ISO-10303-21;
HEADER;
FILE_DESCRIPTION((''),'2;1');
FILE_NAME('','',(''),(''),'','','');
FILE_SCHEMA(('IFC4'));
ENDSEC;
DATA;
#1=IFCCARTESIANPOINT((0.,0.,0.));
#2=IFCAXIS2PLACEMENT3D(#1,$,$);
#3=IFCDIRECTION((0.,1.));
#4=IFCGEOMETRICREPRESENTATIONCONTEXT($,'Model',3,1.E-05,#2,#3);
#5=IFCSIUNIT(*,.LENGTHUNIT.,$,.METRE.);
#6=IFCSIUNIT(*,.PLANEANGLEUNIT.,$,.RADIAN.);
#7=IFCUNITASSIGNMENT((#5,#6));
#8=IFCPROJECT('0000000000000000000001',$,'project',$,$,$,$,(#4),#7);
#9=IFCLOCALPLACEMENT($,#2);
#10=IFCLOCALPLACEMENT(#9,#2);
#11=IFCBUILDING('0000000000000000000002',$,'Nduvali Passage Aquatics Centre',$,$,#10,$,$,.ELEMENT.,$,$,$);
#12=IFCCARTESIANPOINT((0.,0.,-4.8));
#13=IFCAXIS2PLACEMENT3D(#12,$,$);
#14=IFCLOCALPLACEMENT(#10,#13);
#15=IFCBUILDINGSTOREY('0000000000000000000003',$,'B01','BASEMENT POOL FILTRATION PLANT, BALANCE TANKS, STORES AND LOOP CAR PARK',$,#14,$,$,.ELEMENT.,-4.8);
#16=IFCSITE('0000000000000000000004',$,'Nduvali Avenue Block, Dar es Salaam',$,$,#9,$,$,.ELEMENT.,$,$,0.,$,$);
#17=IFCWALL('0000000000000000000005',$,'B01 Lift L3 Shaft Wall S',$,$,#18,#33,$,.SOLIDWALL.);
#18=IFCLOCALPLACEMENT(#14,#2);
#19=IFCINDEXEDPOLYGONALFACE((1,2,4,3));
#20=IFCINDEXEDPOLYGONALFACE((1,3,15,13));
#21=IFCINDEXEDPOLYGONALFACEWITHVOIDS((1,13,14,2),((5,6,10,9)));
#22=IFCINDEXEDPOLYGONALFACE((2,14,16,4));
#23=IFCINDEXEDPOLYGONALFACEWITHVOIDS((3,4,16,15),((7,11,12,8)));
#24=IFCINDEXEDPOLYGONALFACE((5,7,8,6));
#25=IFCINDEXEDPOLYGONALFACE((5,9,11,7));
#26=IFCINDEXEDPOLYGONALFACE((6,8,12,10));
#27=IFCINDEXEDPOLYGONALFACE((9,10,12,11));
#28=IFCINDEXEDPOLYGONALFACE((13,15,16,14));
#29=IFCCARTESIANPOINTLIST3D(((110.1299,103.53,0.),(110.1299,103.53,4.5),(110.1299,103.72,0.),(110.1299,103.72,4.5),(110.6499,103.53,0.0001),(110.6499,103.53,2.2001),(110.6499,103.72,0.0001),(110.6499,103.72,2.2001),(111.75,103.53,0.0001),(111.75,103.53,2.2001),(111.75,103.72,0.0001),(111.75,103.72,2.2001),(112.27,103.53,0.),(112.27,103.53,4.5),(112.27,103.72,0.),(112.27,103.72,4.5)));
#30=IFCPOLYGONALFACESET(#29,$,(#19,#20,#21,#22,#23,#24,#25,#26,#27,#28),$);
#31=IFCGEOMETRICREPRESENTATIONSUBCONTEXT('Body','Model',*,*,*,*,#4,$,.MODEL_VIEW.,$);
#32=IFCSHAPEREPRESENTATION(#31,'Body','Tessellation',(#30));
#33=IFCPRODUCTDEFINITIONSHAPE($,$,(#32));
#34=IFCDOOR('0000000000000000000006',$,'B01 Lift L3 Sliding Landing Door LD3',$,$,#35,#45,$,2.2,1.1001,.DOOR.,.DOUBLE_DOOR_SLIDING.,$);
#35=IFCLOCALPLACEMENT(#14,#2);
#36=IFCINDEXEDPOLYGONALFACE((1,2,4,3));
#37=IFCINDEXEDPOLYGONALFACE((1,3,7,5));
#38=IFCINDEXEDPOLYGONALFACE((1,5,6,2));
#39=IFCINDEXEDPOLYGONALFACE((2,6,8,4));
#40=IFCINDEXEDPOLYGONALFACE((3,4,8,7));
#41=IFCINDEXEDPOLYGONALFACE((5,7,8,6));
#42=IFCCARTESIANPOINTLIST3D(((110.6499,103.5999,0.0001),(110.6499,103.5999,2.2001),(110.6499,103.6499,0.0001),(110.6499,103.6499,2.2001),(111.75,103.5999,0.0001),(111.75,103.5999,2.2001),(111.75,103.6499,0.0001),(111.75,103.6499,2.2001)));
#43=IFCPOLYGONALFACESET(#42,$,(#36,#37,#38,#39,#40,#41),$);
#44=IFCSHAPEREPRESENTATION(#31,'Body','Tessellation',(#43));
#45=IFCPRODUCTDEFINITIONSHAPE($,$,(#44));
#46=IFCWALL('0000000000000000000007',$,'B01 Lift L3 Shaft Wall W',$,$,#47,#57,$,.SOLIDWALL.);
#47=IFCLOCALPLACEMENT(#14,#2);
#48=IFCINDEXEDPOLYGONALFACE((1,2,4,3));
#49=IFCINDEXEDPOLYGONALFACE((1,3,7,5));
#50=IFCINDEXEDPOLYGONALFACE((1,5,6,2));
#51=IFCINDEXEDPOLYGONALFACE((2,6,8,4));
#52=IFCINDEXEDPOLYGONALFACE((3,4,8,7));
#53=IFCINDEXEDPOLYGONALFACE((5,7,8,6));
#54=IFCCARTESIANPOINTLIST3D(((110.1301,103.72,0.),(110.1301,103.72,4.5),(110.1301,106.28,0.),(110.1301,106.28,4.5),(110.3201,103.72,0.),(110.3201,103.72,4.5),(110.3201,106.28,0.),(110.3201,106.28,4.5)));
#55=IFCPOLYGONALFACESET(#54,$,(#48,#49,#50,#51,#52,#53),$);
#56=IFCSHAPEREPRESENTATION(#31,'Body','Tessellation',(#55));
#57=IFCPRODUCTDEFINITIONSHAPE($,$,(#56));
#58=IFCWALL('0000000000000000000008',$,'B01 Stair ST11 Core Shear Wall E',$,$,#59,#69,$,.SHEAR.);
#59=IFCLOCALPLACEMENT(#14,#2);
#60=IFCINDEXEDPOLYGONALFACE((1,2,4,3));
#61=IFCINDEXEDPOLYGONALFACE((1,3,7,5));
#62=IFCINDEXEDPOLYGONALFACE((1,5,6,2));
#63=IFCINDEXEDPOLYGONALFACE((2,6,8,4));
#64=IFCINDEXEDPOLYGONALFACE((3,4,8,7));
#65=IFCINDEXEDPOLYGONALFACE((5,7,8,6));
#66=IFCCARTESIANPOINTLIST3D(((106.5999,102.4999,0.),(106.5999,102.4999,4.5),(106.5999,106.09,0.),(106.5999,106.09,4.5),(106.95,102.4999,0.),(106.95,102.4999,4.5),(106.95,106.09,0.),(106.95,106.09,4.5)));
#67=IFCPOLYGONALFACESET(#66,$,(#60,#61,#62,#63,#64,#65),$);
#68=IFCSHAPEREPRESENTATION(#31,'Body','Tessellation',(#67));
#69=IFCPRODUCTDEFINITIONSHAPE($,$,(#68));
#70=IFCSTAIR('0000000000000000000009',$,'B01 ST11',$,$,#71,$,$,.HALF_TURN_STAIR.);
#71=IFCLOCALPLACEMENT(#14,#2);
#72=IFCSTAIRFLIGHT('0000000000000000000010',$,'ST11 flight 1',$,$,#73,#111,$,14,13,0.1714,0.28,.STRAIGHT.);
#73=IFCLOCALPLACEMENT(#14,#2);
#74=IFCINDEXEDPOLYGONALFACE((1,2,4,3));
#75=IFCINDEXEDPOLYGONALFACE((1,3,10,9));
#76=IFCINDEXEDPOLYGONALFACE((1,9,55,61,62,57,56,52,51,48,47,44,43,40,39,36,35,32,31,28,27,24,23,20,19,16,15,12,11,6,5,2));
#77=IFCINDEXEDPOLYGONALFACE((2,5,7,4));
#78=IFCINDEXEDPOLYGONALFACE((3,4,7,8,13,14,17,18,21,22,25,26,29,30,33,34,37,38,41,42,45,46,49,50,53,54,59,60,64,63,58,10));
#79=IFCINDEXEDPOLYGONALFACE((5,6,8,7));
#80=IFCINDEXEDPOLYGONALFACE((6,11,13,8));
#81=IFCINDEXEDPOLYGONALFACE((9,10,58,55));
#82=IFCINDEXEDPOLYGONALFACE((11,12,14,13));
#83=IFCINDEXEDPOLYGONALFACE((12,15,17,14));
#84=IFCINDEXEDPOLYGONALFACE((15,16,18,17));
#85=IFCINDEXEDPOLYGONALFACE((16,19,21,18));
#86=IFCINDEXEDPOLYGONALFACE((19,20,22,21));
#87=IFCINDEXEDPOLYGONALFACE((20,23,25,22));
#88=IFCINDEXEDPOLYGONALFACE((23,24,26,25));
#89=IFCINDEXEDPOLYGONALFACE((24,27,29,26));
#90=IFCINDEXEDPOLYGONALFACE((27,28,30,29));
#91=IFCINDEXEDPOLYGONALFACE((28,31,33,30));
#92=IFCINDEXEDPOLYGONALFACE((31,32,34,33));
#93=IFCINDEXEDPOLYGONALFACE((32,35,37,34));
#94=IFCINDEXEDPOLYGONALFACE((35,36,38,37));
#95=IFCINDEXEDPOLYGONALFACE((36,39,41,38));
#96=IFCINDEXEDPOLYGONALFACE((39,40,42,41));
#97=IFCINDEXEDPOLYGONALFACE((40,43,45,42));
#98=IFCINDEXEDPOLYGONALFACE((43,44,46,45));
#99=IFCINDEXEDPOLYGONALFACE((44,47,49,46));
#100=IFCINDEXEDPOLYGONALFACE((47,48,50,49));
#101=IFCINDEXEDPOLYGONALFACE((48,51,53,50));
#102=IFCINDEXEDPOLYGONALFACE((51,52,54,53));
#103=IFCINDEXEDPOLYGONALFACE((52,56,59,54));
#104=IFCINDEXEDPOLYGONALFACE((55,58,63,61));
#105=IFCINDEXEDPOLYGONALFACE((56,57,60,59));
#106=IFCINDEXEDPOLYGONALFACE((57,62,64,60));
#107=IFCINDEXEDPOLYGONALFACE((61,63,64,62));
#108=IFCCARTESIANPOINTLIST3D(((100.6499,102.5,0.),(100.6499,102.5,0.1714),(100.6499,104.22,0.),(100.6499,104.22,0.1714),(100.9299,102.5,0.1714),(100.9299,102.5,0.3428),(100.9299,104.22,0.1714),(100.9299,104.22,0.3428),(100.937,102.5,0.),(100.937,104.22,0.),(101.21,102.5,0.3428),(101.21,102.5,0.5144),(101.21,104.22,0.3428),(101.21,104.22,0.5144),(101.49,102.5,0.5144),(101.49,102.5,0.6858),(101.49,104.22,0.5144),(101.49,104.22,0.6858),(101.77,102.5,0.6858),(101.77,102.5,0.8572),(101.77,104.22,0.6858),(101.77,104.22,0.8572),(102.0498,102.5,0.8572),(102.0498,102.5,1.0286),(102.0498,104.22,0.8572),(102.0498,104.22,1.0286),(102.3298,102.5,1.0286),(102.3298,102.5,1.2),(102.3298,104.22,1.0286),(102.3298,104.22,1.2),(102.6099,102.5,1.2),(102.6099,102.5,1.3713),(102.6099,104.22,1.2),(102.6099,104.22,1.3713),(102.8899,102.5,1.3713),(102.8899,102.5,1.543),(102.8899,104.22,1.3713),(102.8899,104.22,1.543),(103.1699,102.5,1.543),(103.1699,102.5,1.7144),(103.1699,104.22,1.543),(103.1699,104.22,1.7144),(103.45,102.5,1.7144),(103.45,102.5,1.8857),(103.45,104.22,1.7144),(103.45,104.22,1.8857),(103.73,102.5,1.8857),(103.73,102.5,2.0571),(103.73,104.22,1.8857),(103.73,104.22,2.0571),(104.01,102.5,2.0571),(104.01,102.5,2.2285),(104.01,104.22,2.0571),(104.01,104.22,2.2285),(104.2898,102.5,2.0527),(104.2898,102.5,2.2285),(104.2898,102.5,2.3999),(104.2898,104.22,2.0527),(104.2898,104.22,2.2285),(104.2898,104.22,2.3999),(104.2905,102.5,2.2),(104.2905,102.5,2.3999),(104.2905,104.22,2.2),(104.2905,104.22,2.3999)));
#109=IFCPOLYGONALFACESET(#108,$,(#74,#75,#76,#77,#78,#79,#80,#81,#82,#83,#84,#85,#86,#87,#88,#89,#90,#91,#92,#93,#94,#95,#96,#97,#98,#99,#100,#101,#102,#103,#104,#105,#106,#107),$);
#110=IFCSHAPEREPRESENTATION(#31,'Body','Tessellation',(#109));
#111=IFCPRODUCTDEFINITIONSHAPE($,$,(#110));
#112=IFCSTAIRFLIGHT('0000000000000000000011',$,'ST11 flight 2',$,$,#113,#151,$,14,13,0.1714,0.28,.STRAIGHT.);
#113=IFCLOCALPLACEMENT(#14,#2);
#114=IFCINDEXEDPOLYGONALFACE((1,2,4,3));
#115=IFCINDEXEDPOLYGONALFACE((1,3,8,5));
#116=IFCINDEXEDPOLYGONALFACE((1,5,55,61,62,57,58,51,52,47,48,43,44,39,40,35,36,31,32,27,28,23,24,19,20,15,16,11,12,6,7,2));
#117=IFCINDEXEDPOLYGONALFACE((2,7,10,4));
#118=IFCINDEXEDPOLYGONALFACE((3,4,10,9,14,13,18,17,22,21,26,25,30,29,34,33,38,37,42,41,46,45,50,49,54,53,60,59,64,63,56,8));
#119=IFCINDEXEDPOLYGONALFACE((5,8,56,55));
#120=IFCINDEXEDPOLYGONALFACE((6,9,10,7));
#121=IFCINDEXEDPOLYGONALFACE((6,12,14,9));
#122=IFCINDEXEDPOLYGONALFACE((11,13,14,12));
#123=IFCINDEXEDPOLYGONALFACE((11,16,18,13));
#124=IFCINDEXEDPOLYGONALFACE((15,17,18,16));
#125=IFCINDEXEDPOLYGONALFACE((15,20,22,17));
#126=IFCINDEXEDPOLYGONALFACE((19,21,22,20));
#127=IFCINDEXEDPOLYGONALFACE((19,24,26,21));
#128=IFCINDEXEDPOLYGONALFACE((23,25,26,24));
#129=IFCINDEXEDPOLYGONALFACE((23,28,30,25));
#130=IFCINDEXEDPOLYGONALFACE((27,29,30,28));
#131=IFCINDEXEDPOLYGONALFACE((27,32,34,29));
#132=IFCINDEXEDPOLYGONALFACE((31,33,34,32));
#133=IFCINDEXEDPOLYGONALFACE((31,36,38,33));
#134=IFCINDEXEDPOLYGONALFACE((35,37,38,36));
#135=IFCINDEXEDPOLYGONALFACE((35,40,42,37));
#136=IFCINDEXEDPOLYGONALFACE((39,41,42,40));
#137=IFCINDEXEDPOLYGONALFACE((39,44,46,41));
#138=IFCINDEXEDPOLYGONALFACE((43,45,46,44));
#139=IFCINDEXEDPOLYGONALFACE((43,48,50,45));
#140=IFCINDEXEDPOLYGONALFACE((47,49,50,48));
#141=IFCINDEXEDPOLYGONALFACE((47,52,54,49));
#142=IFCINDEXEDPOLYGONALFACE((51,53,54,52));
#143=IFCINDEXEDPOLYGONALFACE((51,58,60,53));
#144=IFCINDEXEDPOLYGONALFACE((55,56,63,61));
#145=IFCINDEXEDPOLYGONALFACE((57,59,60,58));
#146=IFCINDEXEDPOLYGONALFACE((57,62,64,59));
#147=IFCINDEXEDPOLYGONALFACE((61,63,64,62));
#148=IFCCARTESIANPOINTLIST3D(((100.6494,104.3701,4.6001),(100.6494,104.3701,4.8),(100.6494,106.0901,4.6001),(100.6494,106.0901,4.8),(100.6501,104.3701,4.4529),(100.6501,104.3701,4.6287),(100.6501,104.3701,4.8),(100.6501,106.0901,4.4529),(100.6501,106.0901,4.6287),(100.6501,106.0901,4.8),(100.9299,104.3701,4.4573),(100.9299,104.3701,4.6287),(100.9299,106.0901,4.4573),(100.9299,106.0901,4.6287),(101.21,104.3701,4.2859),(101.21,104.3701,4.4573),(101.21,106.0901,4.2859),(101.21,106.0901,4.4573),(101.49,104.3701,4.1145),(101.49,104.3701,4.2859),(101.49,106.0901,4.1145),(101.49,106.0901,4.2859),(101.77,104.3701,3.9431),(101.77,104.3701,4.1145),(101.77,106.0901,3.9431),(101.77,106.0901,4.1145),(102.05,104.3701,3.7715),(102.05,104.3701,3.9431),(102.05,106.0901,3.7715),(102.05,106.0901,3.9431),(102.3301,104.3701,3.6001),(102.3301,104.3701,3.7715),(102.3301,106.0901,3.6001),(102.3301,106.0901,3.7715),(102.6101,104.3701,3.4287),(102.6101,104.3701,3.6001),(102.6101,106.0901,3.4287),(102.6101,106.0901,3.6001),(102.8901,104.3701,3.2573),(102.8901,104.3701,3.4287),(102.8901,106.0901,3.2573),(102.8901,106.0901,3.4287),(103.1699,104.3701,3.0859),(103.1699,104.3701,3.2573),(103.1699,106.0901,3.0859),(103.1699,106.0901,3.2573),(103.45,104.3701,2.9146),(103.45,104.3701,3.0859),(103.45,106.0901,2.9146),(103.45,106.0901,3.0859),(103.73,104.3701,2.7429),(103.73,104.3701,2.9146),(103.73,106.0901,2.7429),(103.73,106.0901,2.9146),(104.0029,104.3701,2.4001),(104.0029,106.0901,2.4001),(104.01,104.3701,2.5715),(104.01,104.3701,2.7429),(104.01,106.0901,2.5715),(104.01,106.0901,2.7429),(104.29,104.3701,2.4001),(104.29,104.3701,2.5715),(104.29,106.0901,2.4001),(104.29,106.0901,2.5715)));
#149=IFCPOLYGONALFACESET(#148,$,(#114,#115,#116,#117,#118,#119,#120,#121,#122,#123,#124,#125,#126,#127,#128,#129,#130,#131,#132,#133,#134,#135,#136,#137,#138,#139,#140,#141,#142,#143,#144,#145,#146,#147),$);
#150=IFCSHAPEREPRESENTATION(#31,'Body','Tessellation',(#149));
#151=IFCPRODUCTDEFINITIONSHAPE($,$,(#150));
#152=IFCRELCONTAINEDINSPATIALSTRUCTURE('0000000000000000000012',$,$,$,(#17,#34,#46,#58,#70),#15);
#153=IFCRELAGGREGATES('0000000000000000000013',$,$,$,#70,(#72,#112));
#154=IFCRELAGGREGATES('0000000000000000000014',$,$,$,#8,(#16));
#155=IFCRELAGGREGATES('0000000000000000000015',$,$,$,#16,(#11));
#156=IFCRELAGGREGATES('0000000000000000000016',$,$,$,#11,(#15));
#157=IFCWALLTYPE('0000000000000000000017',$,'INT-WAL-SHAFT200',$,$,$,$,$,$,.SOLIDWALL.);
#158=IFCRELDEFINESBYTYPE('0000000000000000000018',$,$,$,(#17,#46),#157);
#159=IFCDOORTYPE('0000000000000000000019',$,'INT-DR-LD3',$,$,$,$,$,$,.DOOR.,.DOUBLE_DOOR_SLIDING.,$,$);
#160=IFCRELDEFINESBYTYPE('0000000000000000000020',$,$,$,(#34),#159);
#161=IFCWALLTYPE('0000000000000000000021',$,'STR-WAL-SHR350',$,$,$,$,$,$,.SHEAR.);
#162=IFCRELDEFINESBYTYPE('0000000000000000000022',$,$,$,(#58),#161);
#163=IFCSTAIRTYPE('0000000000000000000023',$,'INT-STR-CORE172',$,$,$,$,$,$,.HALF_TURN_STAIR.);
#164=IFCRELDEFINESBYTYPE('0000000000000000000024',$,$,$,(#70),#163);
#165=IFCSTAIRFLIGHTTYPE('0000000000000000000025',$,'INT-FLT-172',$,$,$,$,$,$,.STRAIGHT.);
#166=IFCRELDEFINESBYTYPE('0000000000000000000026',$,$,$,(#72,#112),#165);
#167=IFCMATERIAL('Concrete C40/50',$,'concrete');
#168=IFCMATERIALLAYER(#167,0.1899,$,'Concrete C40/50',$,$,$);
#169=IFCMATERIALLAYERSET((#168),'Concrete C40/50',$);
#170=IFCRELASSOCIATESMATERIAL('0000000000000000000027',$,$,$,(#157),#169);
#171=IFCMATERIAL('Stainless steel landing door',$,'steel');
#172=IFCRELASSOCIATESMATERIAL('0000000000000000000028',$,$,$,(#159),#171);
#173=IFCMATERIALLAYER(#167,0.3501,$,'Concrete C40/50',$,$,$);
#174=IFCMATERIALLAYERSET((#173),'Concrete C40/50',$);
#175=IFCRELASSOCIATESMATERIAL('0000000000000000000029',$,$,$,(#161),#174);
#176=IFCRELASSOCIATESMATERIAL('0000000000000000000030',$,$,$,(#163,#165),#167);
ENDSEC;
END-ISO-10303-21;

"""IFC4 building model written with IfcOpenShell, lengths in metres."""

from ifc_helpers import new_model, si_unit, direction, frame, frame_2d, origin, place, context, subcontext, project, spatial, polyline, rectangle, outline, extrude, material, layer, layer_set, type_object, element, fill, aggregate, save


model = new_model("IFC4")

# Units and contexts
model_context = context("Model", 3, precision=1e-05, world=origin(), true_north=direction((0.0, 1.0)))
body_context = subcontext(model_context, "Body", "Model", "MODEL_VIEW")
ifc_project = project(units=[si_unit("LENGTHUNIT", "METRE"), si_unit("PLANEANGLEUNIT", "RADIAN")], contexts=[model_context])

# Site, building, storey
site_placement = place(None, origin())
site = spatial("IfcSite", under=ifc_project, at=site_placement, Name="Nduvali Avenue Block, Dar es Salaam", CompositionType="ELEMENT", RefElevation=0.0)
building_placement = place(site_placement, origin())
building = spatial("IfcBuilding", under=site, at=building_placement, Name="Nduvali Passage Aquatics Centre", CompositionType="ELEMENT")
storey_placement = place(building_placement, frame((0.0, 0.0, -4.8)))
storey = spatial("IfcBuildingStorey", under=building, at=storey_placement, Name="B01", Description="BASEMENT POOL FILTRATION PLANT, BALANCE TANKS, STORES AND LOOP CAR PARK", CompositionType="ELEMENT", Elevation=-4.8)

# Shared definitions
ifc_material_1 = material(Name="Concrete C40/50", Category="concrete")

# Wall, opening, door
ifc_layer_1 = layer(ifc_material_1, 0.1899, Name="Concrete C40/50")
ifc_layer_set_1 = layer_set([ifc_layer_1], Name="Concrete C40/50")
wall_type_1 = type_object("IfcWallType", Name="INT-WAL-SHAFT200", PredefinedType="SOLIDWALL", material=ifc_layer_set_1)
wall_1_placement = place(storey_placement, frame((110.1299, 103.625, 0.0), z_axis=(0.0, 0.0, 1.0), x_axis=(1.0, 0.0, 0.0)))
wall_1 = element("IfcWall", 1, at=wall_1_placement, inside=storey, type_object=wall_type_1, Name="B01 Lift L3 Shaft Wall S", PredefinedType="SOLIDWALL", context=body_context, shape_type="SweptSolid", body=[
    extrude(rectangle(XDim=2.1401, YDim=0.1899, at=frame_2d((1.0701, 0.0))), origin(), (0.0, 0.0, 1.0), 4.5),
])
opening_1_placement = place(wall_1_placement, frame((0.52, 0.0, 0.0)))
opening_1 = element("IfcOpeningElement", 2, at=opening_1_placement, cuts=wall_1, PredefinedType="OPENING", context=body_context, shape_type="SweptSolid", body=[
    extrude(rectangle(XDim=1.1001, YDim=2.2, at=frame_2d((0.55, 1.1001))), frame((0.0, 0.1099, 0.0), z_axis=(0.0, -1.0, 0.0), x_axis=(1.0, 0.0, 0.0)), (0.0, 0.0, 1.0), 0.2197),
])
ifc_material_2 = material(Name="Stainless steel landing door", Category="steel")
door_type_1 = type_object("IfcDoorType", Name="INT-DR-LD3", OperationType="DOUBLE_DOOR_SLIDING", PredefinedType="DOOR", material=ifc_material_2)
door_1_placement = place(opening_1_placement, origin())
door_1 = element("IfcDoor", 3, at=door_1_placement, inside=storey, type_object=door_type_1, Name="B01 Lift L3 Sliding Landing Door LD3", OperationType="DOUBLE_DOOR_SLIDING", OverallHeight=2.2, OverallWidth=1.1001, PredefinedType="DOOR", context=body_context, shape_type="SweptSolid", body=[
    extrude(rectangle(XDim=1.1001, YDim=2.2, at=frame_2d((0.55, 1.1001))), frame((0.0, 0.0249, 0.0), z_axis=(0.0, -1.0, 0.0), x_axis=(1.0, 0.0, 0.0)), (0.0, 0.0, 1.0), 0.05),
])
fill(opening_1, door_1)

# Walls
wall_2_placement = place(storey_placement, frame((110.2251, 106.28, 0.0), z_axis=(0.0, 0.0, 1.0), x_axis=(0.0, -1.0, 0.0)))
element("IfcWall", 4, at=wall_2_placement, inside=storey, type_object=wall_type_1, Name="B01 Lift L3 Shaft Wall W", PredefinedType="SOLIDWALL", context=body_context, shape_type="SweptSolid", body=[
    extrude(rectangle(XDim=2.5601, YDim=0.1899, at=frame_2d((1.28, 0.0))), origin(), (0.0, 0.0, 1.0), 4.5),
])
ifc_layer_2 = layer(ifc_material_1, 0.3501, Name="Concrete C40/50")
ifc_layer_set_2 = layer_set([ifc_layer_2], Name="Concrete C40/50")
wall_type_2 = type_object("IfcWallType", Name="STR-WAL-SHR350", PredefinedType="SHEAR", material=ifc_layer_set_2)
wall_3_placement = place(storey_placement, frame((106.7749, 102.5, 0.0), z_axis=(0.0, 0.0, 1.0), x_axis=(0.0, 1.0, 0.0)))
element("IfcWall", 5, at=wall_3_placement, inside=storey, type_object=wall_type_2, Name="B01 Stair ST11 Core Shear Wall E", PredefinedType="SHEAR", context=body_context, shape_type="SweptSolid", body=[
    extrude(rectangle(XDim=3.5901, YDim=0.3501, at=frame_2d((1.7949, 0.0))), origin(), (0.0, 0.0, 1.0), 4.5),
])

# Stair, stair flights
stair_type = type_object("IfcStairType", Name="INT-STR-CORE172", PredefinedType="HALF_TURN_STAIR", material=ifc_material_1)
stair_placement = place(storey_placement, origin())
stair = element("IfcStair", 6, at=stair_placement, inside=storey, type_object=stair_type, Name="B01 ST11", PredefinedType="HALF_TURN_STAIR")
stair_flight_type = type_object("IfcStairFlightType", Name="INT-FLT-172", PredefinedType="STRAIGHT", material=ifc_material_1)
stair_flight_1_placement = place(storey_placement, frame((100.6499, 103.3601, 0.0), z_axis=(0.0, 0.0, 1.0), x_axis=(1.0, 0.0, 0.0)))
stair_flight_1 = element("IfcStairFlight", 7, at=stair_flight_1_placement, type_object=stair_flight_type, Name="ST11 flight 1", NumberOfRisers=14, NumberOfTreads=13, PredefinedType="STRAIGHT", RiserHeight=0.1714, TreadLength=0.28, context=body_context, shape_type="SweptSolid", body=[
    extrude(outline(polyline([(0.0, 0.0), (0.0, 0.1714), (0.28, 0.1714), (0.28, 0.3428), (0.5601, 0.3428), (0.5601, 0.5144), (0.8401, 0.5144), (0.8401, 0.6858), (1.1201, 0.6858), (1.1201, 0.8572), (1.3999, 0.8572), (1.3999, 1.0286), (1.6799, 1.0286), (1.6799, 1.2), (1.96, 1.2), (1.96, 1.3713), (2.24, 1.3713), (2.24, 1.543), (2.52, 1.543), (2.52, 1.7144), (2.8, 1.7144), (2.8, 1.8857), (3.0801, 1.8857), (3.0801, 2.0571), (3.3601, 2.0571), (3.3601, 2.2285), (3.6399, 2.2285), (3.6399, 2.3999), (3.6406, 2.3999), (3.6406, 2.2), (3.6399, 2.0527), (0.2871, 0.0), (0.0, 0.0)])), frame((0.0, 0.8599, 0.0), z_axis=(0.0, -1.0, 0.0), x_axis=(1.0, 0.0, 0.0)), (0.0, 0.0, 1.0), 1.72),
])
stair_flight_2_placement = place(storey_placement, frame((104.29, 105.23, 2.4001), z_axis=(0.0, 0.0, 1.0), x_axis=(-1.0, 0.0, 0.0)))
stair_flight_2 = element("IfcStairFlight", 8, at=stair_flight_2_placement, type_object=stair_flight_type, Name="ST11 flight 2", NumberOfRisers=14, NumberOfTreads=13, PredefinedType="STRAIGHT", RiserHeight=0.1714, TreadLength=0.28, context=body_context, shape_type="SweptSolid", body=[
    extrude(outline(polyline([(0.0, 0.0), (0.0, 0.1714), (0.28, 0.1714), (0.28, 0.3428), (0.5601, 0.3428), (0.5601, 0.5144), (0.8401, 0.5144), (0.8401, 0.6858), (1.1201, 0.6858), (1.1201, 0.8572), (1.3999, 0.8572), (1.3999, 1.0286), (1.6799, 1.0286), (1.6799, 1.2), (1.96, 1.2), (1.96, 1.3713), (2.24, 1.3713), (2.24, 1.543), (2.52, 1.543), (2.52, 1.7144), (2.8, 1.7144), (2.8, 1.8857), (3.0801, 1.8857), (3.0801, 2.0571), (3.3601, 2.0571), (3.3601, 2.2285), (3.6399, 2.2285), (3.6399, 2.3999), (3.6406, 2.3999), (3.6406, 2.2), (3.6399, 2.0527), (0.2871, 0.0), (0.0, 0.0)])), frame((0.0, 0.8599, 0.0), z_axis=(0.0, -1.0, 0.0), x_axis=(1.0, 0.0, 0.0)), (0.0, 0.0, 1.0), 1.72),
])
aggregate(stair, [stair_flight_1, stair_flight_2])

save(model, "model.ifc")
